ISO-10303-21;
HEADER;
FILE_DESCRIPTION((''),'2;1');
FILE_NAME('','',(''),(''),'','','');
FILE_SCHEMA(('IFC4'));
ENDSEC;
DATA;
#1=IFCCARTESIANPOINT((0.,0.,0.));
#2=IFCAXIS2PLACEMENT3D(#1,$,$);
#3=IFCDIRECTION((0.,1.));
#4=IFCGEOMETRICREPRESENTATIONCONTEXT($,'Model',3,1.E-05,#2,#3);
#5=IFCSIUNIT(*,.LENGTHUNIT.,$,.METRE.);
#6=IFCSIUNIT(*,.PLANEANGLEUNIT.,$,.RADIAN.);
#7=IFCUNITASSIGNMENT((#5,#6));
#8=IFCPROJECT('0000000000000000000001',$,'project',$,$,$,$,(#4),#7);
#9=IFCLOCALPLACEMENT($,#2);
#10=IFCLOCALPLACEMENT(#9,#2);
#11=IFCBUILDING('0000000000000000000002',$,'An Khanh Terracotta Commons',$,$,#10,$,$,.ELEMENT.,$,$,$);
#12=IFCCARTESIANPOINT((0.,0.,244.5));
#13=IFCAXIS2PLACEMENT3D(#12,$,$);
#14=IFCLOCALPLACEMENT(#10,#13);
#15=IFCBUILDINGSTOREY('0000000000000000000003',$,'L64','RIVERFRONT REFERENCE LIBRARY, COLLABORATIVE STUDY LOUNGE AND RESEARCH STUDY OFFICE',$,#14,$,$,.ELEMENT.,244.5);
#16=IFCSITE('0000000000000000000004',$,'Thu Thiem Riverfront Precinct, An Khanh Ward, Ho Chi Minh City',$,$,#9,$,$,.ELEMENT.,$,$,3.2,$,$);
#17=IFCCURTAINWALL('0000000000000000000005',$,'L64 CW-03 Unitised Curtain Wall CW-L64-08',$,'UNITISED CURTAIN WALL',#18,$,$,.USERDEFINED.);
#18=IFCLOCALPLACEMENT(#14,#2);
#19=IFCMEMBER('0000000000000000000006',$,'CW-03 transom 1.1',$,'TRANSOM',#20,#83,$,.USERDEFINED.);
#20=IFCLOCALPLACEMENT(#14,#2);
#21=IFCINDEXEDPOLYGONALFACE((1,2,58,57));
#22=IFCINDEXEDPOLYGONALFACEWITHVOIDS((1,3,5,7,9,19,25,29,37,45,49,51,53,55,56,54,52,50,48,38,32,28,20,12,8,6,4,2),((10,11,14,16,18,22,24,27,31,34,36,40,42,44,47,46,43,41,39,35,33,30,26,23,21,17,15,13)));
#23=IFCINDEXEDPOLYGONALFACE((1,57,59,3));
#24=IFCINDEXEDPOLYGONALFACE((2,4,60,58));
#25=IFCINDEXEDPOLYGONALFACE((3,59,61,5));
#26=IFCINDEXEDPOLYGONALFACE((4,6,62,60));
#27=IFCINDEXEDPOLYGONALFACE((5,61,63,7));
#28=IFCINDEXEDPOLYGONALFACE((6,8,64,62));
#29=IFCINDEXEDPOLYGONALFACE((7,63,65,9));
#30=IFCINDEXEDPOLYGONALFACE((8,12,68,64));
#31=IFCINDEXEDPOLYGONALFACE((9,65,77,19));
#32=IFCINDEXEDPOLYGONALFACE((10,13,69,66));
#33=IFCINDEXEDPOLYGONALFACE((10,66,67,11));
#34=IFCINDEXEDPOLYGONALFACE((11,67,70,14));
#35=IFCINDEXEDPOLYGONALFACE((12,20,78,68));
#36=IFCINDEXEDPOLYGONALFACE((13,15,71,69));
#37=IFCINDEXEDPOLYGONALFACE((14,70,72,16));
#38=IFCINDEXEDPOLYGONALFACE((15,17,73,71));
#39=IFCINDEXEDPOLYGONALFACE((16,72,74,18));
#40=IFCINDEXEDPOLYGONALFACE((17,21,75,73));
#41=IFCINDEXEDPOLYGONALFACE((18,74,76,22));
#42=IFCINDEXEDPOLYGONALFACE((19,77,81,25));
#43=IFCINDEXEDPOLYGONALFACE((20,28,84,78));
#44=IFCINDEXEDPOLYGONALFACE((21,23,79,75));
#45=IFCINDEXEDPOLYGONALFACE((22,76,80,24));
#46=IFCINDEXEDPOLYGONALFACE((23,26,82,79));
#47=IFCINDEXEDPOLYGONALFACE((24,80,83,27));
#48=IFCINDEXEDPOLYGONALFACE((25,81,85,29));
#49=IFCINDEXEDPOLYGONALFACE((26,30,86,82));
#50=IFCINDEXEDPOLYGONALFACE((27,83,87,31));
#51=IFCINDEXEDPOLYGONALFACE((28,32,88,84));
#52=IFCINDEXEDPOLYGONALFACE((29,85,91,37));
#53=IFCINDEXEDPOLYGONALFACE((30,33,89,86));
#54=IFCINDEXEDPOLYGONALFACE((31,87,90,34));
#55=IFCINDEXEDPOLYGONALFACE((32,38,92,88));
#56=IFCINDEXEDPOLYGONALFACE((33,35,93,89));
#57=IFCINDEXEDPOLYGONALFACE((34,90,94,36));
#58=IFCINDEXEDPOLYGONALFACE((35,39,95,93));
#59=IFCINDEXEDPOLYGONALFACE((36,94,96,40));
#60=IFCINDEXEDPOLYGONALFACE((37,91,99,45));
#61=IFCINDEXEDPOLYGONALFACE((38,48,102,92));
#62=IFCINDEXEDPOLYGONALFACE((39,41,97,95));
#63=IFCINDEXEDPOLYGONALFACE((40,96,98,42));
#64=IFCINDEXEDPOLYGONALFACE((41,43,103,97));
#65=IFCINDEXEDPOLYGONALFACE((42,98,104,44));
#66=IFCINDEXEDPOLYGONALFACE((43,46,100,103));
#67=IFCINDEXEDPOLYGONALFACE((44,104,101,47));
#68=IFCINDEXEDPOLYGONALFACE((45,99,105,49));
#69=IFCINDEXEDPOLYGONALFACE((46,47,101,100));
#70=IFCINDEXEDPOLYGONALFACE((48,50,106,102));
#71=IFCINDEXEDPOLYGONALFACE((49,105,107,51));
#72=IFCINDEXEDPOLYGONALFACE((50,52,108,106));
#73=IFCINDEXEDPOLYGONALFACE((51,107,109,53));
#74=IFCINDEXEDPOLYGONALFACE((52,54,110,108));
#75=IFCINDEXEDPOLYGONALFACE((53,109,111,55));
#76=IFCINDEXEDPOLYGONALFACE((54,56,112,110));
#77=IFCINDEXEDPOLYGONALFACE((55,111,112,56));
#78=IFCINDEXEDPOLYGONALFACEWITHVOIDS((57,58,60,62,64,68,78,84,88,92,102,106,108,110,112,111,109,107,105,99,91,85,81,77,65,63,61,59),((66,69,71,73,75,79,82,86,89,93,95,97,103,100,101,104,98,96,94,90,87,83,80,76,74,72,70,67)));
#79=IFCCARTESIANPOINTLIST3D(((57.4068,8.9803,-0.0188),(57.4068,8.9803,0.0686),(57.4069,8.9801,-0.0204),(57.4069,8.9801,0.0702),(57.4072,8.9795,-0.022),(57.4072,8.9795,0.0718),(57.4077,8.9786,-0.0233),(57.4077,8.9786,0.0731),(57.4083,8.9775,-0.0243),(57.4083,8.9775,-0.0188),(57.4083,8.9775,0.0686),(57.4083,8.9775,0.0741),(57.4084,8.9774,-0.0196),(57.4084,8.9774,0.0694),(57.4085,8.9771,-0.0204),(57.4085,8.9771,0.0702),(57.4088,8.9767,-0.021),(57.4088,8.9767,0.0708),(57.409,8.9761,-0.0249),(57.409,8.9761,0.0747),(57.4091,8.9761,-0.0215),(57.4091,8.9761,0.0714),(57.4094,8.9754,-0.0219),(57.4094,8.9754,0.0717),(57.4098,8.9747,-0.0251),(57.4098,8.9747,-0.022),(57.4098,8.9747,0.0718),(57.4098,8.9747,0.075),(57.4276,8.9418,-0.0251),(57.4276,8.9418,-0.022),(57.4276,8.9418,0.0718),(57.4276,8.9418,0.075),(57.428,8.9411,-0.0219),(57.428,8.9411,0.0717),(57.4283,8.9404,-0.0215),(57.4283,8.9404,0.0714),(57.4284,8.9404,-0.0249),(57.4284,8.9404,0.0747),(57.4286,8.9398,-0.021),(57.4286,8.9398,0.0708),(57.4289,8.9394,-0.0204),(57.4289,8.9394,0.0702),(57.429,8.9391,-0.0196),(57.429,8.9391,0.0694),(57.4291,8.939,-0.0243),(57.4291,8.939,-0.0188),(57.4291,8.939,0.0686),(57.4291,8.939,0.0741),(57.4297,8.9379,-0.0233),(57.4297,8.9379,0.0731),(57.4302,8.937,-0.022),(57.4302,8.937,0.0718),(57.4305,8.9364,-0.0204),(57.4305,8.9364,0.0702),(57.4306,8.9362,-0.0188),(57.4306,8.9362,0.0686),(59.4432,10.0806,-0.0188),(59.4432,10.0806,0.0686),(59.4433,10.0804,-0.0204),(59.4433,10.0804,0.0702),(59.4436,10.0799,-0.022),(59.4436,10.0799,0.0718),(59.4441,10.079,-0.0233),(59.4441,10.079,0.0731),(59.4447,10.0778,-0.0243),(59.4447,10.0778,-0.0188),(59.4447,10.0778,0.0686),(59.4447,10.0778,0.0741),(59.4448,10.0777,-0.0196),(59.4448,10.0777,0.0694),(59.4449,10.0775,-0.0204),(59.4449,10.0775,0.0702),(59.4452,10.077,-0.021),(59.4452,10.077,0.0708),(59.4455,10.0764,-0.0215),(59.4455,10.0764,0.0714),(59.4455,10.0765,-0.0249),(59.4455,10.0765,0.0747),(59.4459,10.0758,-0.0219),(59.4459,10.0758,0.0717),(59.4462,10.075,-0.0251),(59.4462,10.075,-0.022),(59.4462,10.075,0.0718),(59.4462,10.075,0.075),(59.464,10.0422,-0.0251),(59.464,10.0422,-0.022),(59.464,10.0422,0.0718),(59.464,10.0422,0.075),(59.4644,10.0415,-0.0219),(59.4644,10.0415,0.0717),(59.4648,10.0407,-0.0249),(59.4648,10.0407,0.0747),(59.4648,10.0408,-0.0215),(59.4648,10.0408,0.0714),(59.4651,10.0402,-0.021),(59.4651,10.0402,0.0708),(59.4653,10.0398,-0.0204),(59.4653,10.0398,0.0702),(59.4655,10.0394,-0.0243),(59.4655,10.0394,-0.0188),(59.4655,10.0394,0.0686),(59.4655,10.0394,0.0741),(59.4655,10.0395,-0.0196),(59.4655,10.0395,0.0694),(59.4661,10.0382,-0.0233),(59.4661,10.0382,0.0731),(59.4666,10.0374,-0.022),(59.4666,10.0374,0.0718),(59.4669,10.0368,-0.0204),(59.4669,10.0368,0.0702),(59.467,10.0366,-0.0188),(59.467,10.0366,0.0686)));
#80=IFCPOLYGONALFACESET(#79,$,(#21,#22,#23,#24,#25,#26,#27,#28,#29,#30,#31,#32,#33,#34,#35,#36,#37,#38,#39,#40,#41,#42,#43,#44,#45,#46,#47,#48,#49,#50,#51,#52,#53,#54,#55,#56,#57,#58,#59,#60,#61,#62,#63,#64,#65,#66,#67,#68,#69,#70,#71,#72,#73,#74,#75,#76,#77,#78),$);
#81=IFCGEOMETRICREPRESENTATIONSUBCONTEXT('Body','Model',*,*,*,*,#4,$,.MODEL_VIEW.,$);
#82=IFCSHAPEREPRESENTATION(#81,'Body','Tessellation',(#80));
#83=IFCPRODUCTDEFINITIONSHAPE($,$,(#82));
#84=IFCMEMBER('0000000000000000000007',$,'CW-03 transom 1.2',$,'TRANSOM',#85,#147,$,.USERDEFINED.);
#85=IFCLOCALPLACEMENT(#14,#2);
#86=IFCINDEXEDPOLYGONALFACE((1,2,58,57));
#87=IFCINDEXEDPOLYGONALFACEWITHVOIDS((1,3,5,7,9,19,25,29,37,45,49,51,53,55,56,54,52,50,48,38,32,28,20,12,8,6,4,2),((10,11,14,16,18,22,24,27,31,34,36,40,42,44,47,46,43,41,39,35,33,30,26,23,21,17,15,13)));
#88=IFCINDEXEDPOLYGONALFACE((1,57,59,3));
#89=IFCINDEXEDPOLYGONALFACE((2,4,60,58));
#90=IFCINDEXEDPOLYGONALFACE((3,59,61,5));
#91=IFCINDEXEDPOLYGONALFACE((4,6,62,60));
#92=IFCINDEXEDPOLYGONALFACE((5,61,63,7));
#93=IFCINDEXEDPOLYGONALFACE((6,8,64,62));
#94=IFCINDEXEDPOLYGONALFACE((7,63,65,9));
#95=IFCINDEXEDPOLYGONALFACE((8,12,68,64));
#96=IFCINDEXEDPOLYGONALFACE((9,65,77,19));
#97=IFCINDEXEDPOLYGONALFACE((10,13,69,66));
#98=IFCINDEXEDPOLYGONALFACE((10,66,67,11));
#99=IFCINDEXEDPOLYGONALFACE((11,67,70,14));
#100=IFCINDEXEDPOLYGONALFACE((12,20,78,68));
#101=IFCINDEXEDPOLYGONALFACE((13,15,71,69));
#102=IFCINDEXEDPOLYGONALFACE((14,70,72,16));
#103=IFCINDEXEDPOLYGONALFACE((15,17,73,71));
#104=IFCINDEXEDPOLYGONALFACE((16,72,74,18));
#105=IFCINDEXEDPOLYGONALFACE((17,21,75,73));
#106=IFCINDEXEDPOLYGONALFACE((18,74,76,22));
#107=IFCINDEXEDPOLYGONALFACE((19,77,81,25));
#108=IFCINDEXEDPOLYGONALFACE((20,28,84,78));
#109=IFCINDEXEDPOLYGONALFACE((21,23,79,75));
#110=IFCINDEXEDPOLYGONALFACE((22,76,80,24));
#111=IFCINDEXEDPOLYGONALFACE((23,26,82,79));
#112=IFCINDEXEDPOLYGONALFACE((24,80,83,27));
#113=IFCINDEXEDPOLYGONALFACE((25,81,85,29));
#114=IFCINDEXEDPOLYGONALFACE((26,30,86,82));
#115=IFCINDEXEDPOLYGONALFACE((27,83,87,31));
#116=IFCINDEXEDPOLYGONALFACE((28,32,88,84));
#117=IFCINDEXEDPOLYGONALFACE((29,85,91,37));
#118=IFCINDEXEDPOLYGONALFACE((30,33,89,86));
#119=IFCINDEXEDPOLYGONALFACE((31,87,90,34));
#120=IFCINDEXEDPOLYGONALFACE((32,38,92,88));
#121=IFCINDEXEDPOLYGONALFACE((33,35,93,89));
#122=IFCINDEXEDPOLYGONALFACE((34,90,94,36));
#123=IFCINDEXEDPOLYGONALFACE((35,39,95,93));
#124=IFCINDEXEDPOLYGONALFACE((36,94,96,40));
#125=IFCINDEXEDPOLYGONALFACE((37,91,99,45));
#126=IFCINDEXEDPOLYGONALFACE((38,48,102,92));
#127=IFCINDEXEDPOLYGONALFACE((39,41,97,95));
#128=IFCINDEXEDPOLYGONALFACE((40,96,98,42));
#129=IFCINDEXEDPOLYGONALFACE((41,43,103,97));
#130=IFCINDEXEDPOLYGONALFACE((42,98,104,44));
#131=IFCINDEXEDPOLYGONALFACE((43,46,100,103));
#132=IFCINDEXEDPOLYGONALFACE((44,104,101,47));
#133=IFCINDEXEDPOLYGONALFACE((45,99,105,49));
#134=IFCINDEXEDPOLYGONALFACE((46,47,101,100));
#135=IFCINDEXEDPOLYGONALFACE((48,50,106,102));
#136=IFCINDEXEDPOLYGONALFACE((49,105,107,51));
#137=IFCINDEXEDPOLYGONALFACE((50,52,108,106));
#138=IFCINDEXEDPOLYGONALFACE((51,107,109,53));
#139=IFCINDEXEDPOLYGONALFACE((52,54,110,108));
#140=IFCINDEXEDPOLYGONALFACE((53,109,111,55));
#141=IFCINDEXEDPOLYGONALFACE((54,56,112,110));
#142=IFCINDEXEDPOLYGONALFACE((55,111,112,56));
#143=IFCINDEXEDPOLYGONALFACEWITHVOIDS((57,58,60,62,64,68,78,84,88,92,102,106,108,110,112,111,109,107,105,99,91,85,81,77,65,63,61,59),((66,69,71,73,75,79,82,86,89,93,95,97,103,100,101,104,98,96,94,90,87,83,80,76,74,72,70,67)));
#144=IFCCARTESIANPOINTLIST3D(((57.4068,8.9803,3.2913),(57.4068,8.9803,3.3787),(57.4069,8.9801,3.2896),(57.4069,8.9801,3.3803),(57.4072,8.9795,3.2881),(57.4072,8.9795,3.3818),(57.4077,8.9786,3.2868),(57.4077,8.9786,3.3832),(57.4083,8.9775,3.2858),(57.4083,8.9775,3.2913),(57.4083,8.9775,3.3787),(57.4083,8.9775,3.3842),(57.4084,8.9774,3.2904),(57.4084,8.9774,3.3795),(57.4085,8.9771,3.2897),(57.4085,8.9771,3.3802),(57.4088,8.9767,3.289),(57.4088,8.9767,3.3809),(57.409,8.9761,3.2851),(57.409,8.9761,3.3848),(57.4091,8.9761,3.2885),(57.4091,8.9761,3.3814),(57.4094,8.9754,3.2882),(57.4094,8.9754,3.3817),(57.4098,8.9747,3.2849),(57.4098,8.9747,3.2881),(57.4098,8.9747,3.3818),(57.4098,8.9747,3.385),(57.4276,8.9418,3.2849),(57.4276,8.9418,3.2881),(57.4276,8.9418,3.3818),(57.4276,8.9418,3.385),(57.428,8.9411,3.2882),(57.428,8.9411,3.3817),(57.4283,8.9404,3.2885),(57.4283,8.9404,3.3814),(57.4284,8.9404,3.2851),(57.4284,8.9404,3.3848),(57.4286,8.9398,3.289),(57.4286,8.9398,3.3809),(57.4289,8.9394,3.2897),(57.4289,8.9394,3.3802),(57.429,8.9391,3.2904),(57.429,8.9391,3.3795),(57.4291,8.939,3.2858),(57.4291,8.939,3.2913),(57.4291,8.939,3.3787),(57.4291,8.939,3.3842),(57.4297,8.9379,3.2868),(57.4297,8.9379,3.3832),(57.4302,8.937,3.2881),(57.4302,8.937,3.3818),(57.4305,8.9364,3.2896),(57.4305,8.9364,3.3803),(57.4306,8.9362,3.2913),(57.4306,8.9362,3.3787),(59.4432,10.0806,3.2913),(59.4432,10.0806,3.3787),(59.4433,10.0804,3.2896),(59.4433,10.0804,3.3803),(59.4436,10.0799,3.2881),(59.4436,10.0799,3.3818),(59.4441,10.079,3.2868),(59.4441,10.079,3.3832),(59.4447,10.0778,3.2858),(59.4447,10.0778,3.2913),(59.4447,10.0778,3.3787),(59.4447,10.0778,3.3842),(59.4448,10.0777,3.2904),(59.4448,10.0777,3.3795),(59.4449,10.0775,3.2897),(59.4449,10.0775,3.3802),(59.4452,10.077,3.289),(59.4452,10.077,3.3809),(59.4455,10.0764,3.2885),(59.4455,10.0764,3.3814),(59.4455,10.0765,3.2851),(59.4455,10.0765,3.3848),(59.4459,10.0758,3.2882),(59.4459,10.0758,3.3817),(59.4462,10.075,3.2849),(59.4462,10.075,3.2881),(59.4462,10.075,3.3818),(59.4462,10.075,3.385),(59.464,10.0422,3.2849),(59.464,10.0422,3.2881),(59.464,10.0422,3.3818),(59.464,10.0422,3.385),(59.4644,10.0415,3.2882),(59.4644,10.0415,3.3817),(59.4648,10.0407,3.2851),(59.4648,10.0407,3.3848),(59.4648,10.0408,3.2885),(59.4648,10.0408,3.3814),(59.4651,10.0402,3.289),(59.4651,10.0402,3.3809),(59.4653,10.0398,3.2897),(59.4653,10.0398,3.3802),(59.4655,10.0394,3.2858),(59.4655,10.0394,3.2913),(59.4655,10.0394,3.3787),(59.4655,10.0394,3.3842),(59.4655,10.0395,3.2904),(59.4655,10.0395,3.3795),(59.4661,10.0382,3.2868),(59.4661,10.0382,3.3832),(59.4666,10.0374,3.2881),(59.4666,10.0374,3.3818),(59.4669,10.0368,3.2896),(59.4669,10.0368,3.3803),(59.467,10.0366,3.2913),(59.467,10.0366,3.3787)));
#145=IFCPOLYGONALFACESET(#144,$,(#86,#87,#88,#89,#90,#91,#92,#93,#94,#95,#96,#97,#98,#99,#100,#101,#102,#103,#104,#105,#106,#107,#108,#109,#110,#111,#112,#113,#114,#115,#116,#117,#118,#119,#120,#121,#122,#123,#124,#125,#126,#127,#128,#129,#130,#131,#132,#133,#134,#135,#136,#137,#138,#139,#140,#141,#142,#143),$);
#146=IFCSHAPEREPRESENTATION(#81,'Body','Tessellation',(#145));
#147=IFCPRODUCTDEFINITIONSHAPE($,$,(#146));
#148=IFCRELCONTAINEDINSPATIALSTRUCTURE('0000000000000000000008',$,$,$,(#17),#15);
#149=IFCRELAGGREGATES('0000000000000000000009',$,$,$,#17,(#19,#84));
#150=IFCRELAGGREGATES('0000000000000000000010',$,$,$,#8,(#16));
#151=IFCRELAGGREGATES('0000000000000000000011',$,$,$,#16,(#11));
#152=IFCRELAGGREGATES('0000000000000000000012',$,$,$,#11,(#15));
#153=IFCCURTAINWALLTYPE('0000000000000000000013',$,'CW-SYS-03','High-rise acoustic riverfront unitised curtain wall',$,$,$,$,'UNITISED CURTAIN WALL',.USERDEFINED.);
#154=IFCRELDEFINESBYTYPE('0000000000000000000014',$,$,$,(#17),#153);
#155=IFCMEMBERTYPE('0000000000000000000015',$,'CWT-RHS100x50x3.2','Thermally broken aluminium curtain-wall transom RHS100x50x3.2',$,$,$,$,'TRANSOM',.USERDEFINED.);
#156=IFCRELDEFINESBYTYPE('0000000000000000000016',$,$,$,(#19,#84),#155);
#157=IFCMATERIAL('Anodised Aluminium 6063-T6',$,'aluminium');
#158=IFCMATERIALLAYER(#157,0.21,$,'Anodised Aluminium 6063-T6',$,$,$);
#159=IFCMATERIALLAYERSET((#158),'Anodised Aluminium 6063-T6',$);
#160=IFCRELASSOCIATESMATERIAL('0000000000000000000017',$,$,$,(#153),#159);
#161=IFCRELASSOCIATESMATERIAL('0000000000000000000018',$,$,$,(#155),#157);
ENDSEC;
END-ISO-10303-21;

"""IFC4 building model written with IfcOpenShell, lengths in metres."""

from ifc_helpers import new_model, si_unit, direction, frame, origin, origin_2d, place, context, subcontext, project, spatial, hollow_rectangle, extrude, material, layer, layer_set, material_profile, profile_set, type_object, element, aggregate, save


model = new_model("IFC4")

# Units and contexts
model_context = context("Model", 3, precision=1e-05, world=origin(), true_north=direction((0.0, 1.0)))
body_context = subcontext(model_context, "Body", "Model", "MODEL_VIEW")
ifc_project = project(units=[si_unit("LENGTHUNIT", "METRE"), si_unit("PLANEANGLEUNIT", "RADIAN")], contexts=[model_context])

# Site, building, storey
site_placement = place(None, origin())
site = spatial("IfcSite", under=ifc_project, at=site_placement, Name="Thu Thiem Riverfront Precinct, An Khanh Ward, Ho Chi Minh City", CompositionType="ELEMENT", RefElevation=3.2)
building_placement = place(site_placement, origin())
building = spatial("IfcBuilding", under=site, at=building_placement, Name="An Khanh Terracotta Commons", CompositionType="ELEMENT")
storey_placement = place(building_placement, frame((0.0, 0.0, 244.5)))
storey = spatial("IfcBuildingStorey", under=building, at=storey_placement, Name="L64", Description="RIVERFRONT REFERENCE LIBRARY, COLLABORATIVE STUDY LOUNGE AND RESEARCH STUDY OFFICE", CompositionType="ELEMENT", Elevation=244.5)

# Curtain wall, members
ifc_material_1 = material(Name="Anodised Aluminium 6063-T6", Category="aluminium")
ifc_layer_1 = layer(ifc_material_1, 0.21, Name="Anodised Aluminium 6063-T6")
ifc_layer_set_1 = layer_set([ifc_layer_1], Name="Anodised Aluminium 6063-T6")
curtain_wall_type = type_object("IfcCurtainWallType", Name="CW-SYS-03", Description="High-rise acoustic riverfront unitised curtain wall", ElementType="UNITISED CURTAIN WALL", PredefinedType="USERDEFINED", material=ifc_layer_set_1)
curtain_wall_placement = place(storey_placement, origin())
curtain_wall = element("IfcCurtainWall", 1, at=curtain_wall_placement, inside=storey, type_object=curtain_wall_type, Name="L64 CW-03 Unitised Curtain Wall CW-L64-08", ObjectType="UNITISED CURTAIN WALL", PredefinedType="USERDEFINED")
ifc_material_profile_1 = material_profile(ifc_material_1, hollow_rectangle(XDim=0.05, YDim=0.1001, WallThickness=0.0032, InnerFilletRadius=0.0032, OuterFilletRadius=0.0063, at=origin_2d()), Name="RHS100x50x3.2")
ifc_profile_set_1 = profile_set([ifc_material_profile_1], Name="Anodised Aluminium 6063-T6")
member_type_1 = type_object("IfcMemberType", Name="CWT-RHS100x50x3.2", Description="Thermally broken aluminium curtain-wall transom RHS100x50x3.2", ElementType="TRANSOM", PredefinedType="USERDEFINED", material=ifc_profile_set_1)
member_1_placement = place(storey_placement, frame((57.4187, 8.9583, 0.0249), z_axis=(0.879779, 0.475382, 0.0), x_axis=(-0.475382, 0.879779, 0.0)))
member_1 = element("IfcMember", 2, at=member_1_placement, type_object=member_type_1, Name="CW-03 transom 1.1", ObjectType="TRANSOM", PredefinedType="USERDEFINED", context=body_context, shape_type="SweptSolid", body=[
    extrude(hollow_rectangle(XDim=0.05, YDim=0.1001, WallThickness=0.0032, InnerFilletRadius=0.0032, OuterFilletRadius=0.0063, at=origin_2d()), origin(), (0.0, 0.0, 1.0), 2.3147),
])
member_2_placement = place(storey_placement, frame((57.4187, 8.9583, 3.335), z_axis=(0.879779, 0.475382, 0.0), x_axis=(-0.475382, 0.879779, 0.0)))
member_2 = element("IfcMember", 3, at=member_2_placement, type_object=member_type_1, Name="CW-03 transom 1.2", ObjectType="TRANSOM", PredefinedType="USERDEFINED", context=body_context, shape_type="SweptSolid", body=[
    extrude(hollow_rectangle(XDim=0.05, YDim=0.1001, WallThickness=0.0032, InnerFilletRadius=0.0032, OuterFilletRadius=0.0063, at=origin_2d()), origin(), (0.0, 0.0, 1.0), 2.3147),
])
aggregate(curtain_wall, [member_1, member_2])

save(model, "model.ifc")
